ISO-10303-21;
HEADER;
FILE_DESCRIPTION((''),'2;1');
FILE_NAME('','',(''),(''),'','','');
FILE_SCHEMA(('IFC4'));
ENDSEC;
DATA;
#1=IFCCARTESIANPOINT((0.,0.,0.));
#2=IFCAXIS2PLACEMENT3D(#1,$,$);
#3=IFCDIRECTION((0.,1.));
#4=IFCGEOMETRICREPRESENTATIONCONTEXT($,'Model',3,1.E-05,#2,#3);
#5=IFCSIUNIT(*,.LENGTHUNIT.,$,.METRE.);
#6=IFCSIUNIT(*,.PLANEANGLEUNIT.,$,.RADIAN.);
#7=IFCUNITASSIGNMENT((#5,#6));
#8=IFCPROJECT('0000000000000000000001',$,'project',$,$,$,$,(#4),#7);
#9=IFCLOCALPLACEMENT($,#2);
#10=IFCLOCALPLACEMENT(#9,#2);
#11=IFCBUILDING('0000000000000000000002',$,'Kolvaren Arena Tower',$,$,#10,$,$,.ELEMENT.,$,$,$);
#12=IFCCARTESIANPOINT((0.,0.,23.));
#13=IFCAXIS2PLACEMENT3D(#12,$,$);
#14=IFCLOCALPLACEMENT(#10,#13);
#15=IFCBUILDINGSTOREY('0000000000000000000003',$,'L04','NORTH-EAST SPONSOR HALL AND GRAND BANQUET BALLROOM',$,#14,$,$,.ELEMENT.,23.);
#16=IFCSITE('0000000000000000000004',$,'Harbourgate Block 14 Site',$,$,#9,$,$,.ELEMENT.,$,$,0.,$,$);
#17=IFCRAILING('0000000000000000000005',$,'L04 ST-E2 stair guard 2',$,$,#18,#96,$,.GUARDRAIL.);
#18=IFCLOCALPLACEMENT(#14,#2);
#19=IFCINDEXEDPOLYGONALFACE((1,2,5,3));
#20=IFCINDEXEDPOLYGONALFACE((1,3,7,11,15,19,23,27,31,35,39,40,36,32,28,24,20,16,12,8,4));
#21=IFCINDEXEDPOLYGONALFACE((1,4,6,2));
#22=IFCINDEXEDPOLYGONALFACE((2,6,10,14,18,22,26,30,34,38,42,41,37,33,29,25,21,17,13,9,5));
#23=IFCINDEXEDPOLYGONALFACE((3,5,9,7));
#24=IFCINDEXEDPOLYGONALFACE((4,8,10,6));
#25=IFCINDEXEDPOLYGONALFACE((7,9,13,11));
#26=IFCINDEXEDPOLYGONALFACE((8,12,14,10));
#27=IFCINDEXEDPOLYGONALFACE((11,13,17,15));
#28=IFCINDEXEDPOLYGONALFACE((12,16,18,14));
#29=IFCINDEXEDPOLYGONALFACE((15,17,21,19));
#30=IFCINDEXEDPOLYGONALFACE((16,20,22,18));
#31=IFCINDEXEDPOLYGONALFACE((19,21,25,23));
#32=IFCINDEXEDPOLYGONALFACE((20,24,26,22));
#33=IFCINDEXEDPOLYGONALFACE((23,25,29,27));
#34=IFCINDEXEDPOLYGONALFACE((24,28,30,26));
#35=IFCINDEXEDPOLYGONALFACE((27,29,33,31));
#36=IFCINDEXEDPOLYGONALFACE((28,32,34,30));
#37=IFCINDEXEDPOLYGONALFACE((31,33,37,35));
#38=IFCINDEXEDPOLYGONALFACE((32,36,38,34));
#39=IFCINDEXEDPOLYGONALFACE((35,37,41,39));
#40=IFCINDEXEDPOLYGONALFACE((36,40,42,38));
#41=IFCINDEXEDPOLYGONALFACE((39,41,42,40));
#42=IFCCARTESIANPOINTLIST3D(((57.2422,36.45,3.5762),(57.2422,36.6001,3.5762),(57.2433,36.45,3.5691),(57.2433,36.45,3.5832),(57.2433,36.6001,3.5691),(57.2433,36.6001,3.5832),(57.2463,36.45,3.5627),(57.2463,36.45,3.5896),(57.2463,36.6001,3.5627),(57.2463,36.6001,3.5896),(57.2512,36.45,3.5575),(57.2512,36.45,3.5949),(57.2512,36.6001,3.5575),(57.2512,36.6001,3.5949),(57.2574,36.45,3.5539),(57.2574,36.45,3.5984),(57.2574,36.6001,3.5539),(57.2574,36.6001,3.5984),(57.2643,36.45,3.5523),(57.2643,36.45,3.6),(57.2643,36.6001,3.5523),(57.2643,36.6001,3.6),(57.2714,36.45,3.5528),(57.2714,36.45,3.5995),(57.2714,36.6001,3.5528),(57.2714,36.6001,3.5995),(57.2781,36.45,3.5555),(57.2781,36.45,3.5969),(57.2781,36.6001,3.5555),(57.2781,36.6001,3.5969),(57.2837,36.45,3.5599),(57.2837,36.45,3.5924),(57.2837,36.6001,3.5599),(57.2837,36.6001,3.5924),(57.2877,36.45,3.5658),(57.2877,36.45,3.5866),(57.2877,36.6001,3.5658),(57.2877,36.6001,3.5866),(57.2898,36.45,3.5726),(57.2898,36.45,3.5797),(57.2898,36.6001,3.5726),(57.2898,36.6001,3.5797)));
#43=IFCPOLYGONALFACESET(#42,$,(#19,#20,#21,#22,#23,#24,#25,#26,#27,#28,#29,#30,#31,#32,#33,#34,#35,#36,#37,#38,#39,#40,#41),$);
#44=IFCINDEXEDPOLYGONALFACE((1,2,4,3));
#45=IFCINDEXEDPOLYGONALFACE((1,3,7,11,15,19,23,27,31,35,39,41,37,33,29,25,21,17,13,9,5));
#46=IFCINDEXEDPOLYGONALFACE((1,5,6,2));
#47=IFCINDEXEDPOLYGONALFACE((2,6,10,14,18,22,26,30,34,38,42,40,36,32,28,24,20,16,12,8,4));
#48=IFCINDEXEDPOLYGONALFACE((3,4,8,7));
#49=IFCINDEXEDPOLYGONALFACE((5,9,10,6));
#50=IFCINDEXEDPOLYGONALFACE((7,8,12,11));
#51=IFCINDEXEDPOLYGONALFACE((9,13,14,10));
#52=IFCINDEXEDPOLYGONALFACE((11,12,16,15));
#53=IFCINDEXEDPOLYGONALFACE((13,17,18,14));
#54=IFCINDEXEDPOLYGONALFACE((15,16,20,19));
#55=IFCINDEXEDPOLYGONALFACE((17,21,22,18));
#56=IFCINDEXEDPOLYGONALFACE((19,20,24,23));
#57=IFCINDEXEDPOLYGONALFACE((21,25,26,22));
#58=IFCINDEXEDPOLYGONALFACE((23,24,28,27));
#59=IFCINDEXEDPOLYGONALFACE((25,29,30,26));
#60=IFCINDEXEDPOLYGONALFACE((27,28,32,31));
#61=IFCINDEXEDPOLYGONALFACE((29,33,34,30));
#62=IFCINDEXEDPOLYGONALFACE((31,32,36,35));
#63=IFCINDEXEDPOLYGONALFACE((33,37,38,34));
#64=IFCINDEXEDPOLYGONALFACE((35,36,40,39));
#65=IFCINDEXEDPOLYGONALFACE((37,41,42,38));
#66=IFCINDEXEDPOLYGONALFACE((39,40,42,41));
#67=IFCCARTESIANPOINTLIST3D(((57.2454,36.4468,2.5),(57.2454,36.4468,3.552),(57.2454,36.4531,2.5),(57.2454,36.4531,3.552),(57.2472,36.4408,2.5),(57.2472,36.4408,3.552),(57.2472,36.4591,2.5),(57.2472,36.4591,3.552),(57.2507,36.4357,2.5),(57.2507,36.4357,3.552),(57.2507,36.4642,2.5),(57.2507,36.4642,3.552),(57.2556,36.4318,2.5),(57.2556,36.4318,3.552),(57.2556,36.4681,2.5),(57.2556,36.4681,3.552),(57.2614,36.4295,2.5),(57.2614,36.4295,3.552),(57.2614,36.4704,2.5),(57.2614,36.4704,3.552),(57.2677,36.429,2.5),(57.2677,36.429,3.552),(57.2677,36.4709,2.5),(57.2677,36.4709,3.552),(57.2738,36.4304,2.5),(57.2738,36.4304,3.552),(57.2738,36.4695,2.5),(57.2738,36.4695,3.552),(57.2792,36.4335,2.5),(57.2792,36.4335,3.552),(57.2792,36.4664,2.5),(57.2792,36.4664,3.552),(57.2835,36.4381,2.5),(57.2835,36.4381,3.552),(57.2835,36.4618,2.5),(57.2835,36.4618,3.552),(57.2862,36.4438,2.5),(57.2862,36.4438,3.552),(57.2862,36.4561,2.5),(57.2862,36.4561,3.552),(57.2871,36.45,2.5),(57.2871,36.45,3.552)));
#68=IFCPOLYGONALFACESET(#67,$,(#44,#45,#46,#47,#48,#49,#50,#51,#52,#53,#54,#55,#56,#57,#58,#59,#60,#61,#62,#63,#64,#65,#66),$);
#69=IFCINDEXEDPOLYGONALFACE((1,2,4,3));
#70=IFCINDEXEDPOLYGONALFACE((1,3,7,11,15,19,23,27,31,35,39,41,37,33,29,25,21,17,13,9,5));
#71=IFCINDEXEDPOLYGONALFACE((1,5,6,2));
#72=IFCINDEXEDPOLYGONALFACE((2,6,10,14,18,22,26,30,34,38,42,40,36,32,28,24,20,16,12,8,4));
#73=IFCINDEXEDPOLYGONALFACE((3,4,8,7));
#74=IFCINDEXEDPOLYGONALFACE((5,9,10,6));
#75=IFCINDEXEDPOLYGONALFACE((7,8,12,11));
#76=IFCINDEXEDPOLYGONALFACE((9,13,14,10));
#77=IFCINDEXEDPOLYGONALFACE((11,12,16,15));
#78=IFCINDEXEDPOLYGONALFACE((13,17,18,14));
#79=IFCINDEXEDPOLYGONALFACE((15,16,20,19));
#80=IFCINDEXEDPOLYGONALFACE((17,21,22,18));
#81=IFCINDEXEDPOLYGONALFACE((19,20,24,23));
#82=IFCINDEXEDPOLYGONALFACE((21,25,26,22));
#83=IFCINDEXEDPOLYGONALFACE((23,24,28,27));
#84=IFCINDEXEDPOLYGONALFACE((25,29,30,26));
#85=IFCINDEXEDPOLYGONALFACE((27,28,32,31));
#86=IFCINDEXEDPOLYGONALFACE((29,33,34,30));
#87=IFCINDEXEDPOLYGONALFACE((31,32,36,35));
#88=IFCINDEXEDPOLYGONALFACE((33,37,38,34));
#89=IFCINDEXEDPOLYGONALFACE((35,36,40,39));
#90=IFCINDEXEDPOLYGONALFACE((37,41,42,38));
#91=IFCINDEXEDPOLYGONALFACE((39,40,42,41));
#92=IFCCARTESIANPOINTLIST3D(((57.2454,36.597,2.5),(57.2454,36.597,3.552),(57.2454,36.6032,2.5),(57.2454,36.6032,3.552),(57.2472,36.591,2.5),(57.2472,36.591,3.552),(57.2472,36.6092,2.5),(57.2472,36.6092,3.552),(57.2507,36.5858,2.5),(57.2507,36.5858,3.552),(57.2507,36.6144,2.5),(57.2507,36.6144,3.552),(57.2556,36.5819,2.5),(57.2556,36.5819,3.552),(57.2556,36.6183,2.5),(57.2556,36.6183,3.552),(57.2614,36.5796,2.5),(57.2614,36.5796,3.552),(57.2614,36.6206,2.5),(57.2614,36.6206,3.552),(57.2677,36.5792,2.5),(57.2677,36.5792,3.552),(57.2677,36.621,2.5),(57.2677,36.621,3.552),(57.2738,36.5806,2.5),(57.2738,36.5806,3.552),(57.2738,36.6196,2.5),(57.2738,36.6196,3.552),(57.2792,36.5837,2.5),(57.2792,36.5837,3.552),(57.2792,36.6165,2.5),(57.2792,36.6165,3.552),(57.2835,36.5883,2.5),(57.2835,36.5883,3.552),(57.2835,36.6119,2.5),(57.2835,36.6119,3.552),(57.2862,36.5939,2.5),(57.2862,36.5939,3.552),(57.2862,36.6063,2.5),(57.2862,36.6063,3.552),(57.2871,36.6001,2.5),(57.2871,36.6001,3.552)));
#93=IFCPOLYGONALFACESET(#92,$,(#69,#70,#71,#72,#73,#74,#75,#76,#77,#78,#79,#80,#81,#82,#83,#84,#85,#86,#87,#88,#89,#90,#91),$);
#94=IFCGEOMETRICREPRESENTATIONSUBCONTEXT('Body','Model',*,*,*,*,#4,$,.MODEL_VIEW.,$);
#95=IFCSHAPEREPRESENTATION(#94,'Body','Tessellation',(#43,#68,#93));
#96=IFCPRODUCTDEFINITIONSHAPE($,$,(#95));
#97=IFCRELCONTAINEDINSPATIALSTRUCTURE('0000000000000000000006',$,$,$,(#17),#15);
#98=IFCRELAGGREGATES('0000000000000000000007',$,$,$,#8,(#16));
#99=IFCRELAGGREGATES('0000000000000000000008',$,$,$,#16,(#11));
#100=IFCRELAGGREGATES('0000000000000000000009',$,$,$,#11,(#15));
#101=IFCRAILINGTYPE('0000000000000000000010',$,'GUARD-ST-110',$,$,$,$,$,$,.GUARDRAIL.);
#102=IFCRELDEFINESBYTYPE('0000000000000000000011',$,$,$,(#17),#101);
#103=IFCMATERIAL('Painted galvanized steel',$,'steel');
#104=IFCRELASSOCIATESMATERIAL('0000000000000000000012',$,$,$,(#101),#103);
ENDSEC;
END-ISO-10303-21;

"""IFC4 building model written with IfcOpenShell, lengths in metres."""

from ifc_helpers import new_model, si_unit, direction, frame, origin, origin_2d, place, context, subcontext, project, spatial, circle, extrude, material, type_object, element, save


model = new_model("IFC4")

# Units and contexts
model_context = context("Model", 3, precision=1e-05, world=origin(), true_north=direction((0.0, 1.0)))
body_context = subcontext(model_context, "Body", "Model", "MODEL_VIEW")
ifc_project = project(units=[si_unit("LENGTHUNIT", "METRE"), si_unit("PLANEANGLEUNIT", "RADIAN")], contexts=[model_context])

# Site, building, storey
site_placement = place(None, origin())
site = spatial("IfcSite", under=ifc_project, at=site_placement, Name="Harbourgate Block 14 Site", CompositionType="ELEMENT", RefElevation=0.0)
building_placement = place(site_placement, origin())
building = spatial("IfcBuilding", under=site, at=building_placement, Name="Kolvaren Arena Tower", CompositionType="ELEMENT")
storey_placement = place(building_placement, frame((0.0, 0.0, 23.0)))
storey = spatial("IfcBuildingStorey", under=building, at=storey_placement, Name="L04", Description="NORTH-EAST SPONSOR HALL AND GRAND BANQUET BALLROOM", CompositionType="ELEMENT", Elevation=23.0)

# Railing
ifc_material_1 = material(Name="Painted galvanized steel", Category="steel")
railing_type_1 = type_object("IfcRailingType", Name="GUARD-ST-110", PredefinedType="GUARDRAIL", material=ifc_material_1)
railing_1_placement = place(storey_placement, frame((57.2661, 36.45, 2.5)))
element("IfcRailing", 1, at=railing_1_placement, inside=storey, type_object=railing_type_1, Name="L04 ST-E2 stair guard 2", PredefinedType="GUARDRAIL", context=body_context, shape_type="SweptSolid", body=[
    extrude(circle(Radius=0.0239, at=origin_2d()), frame((0.0, 0.0, 1.0762), z_axis=(0.0, 1.0, 0.0), x_axis=(-1.0, 0.0, 0.0)), (0.0, 0.0, 1.0), 0.1501),
    extrude(circle(Radius=0.021, at=origin_2d()), origin(), (0.0, 0.0, 1.0), 1.052),
    extrude(circle(Radius=0.021, at=origin_2d()), frame((0.0, 0.1501, 0.0)), (0.0, 0.0, 1.0), 1.052),
])

save(model, "model.ifc")
